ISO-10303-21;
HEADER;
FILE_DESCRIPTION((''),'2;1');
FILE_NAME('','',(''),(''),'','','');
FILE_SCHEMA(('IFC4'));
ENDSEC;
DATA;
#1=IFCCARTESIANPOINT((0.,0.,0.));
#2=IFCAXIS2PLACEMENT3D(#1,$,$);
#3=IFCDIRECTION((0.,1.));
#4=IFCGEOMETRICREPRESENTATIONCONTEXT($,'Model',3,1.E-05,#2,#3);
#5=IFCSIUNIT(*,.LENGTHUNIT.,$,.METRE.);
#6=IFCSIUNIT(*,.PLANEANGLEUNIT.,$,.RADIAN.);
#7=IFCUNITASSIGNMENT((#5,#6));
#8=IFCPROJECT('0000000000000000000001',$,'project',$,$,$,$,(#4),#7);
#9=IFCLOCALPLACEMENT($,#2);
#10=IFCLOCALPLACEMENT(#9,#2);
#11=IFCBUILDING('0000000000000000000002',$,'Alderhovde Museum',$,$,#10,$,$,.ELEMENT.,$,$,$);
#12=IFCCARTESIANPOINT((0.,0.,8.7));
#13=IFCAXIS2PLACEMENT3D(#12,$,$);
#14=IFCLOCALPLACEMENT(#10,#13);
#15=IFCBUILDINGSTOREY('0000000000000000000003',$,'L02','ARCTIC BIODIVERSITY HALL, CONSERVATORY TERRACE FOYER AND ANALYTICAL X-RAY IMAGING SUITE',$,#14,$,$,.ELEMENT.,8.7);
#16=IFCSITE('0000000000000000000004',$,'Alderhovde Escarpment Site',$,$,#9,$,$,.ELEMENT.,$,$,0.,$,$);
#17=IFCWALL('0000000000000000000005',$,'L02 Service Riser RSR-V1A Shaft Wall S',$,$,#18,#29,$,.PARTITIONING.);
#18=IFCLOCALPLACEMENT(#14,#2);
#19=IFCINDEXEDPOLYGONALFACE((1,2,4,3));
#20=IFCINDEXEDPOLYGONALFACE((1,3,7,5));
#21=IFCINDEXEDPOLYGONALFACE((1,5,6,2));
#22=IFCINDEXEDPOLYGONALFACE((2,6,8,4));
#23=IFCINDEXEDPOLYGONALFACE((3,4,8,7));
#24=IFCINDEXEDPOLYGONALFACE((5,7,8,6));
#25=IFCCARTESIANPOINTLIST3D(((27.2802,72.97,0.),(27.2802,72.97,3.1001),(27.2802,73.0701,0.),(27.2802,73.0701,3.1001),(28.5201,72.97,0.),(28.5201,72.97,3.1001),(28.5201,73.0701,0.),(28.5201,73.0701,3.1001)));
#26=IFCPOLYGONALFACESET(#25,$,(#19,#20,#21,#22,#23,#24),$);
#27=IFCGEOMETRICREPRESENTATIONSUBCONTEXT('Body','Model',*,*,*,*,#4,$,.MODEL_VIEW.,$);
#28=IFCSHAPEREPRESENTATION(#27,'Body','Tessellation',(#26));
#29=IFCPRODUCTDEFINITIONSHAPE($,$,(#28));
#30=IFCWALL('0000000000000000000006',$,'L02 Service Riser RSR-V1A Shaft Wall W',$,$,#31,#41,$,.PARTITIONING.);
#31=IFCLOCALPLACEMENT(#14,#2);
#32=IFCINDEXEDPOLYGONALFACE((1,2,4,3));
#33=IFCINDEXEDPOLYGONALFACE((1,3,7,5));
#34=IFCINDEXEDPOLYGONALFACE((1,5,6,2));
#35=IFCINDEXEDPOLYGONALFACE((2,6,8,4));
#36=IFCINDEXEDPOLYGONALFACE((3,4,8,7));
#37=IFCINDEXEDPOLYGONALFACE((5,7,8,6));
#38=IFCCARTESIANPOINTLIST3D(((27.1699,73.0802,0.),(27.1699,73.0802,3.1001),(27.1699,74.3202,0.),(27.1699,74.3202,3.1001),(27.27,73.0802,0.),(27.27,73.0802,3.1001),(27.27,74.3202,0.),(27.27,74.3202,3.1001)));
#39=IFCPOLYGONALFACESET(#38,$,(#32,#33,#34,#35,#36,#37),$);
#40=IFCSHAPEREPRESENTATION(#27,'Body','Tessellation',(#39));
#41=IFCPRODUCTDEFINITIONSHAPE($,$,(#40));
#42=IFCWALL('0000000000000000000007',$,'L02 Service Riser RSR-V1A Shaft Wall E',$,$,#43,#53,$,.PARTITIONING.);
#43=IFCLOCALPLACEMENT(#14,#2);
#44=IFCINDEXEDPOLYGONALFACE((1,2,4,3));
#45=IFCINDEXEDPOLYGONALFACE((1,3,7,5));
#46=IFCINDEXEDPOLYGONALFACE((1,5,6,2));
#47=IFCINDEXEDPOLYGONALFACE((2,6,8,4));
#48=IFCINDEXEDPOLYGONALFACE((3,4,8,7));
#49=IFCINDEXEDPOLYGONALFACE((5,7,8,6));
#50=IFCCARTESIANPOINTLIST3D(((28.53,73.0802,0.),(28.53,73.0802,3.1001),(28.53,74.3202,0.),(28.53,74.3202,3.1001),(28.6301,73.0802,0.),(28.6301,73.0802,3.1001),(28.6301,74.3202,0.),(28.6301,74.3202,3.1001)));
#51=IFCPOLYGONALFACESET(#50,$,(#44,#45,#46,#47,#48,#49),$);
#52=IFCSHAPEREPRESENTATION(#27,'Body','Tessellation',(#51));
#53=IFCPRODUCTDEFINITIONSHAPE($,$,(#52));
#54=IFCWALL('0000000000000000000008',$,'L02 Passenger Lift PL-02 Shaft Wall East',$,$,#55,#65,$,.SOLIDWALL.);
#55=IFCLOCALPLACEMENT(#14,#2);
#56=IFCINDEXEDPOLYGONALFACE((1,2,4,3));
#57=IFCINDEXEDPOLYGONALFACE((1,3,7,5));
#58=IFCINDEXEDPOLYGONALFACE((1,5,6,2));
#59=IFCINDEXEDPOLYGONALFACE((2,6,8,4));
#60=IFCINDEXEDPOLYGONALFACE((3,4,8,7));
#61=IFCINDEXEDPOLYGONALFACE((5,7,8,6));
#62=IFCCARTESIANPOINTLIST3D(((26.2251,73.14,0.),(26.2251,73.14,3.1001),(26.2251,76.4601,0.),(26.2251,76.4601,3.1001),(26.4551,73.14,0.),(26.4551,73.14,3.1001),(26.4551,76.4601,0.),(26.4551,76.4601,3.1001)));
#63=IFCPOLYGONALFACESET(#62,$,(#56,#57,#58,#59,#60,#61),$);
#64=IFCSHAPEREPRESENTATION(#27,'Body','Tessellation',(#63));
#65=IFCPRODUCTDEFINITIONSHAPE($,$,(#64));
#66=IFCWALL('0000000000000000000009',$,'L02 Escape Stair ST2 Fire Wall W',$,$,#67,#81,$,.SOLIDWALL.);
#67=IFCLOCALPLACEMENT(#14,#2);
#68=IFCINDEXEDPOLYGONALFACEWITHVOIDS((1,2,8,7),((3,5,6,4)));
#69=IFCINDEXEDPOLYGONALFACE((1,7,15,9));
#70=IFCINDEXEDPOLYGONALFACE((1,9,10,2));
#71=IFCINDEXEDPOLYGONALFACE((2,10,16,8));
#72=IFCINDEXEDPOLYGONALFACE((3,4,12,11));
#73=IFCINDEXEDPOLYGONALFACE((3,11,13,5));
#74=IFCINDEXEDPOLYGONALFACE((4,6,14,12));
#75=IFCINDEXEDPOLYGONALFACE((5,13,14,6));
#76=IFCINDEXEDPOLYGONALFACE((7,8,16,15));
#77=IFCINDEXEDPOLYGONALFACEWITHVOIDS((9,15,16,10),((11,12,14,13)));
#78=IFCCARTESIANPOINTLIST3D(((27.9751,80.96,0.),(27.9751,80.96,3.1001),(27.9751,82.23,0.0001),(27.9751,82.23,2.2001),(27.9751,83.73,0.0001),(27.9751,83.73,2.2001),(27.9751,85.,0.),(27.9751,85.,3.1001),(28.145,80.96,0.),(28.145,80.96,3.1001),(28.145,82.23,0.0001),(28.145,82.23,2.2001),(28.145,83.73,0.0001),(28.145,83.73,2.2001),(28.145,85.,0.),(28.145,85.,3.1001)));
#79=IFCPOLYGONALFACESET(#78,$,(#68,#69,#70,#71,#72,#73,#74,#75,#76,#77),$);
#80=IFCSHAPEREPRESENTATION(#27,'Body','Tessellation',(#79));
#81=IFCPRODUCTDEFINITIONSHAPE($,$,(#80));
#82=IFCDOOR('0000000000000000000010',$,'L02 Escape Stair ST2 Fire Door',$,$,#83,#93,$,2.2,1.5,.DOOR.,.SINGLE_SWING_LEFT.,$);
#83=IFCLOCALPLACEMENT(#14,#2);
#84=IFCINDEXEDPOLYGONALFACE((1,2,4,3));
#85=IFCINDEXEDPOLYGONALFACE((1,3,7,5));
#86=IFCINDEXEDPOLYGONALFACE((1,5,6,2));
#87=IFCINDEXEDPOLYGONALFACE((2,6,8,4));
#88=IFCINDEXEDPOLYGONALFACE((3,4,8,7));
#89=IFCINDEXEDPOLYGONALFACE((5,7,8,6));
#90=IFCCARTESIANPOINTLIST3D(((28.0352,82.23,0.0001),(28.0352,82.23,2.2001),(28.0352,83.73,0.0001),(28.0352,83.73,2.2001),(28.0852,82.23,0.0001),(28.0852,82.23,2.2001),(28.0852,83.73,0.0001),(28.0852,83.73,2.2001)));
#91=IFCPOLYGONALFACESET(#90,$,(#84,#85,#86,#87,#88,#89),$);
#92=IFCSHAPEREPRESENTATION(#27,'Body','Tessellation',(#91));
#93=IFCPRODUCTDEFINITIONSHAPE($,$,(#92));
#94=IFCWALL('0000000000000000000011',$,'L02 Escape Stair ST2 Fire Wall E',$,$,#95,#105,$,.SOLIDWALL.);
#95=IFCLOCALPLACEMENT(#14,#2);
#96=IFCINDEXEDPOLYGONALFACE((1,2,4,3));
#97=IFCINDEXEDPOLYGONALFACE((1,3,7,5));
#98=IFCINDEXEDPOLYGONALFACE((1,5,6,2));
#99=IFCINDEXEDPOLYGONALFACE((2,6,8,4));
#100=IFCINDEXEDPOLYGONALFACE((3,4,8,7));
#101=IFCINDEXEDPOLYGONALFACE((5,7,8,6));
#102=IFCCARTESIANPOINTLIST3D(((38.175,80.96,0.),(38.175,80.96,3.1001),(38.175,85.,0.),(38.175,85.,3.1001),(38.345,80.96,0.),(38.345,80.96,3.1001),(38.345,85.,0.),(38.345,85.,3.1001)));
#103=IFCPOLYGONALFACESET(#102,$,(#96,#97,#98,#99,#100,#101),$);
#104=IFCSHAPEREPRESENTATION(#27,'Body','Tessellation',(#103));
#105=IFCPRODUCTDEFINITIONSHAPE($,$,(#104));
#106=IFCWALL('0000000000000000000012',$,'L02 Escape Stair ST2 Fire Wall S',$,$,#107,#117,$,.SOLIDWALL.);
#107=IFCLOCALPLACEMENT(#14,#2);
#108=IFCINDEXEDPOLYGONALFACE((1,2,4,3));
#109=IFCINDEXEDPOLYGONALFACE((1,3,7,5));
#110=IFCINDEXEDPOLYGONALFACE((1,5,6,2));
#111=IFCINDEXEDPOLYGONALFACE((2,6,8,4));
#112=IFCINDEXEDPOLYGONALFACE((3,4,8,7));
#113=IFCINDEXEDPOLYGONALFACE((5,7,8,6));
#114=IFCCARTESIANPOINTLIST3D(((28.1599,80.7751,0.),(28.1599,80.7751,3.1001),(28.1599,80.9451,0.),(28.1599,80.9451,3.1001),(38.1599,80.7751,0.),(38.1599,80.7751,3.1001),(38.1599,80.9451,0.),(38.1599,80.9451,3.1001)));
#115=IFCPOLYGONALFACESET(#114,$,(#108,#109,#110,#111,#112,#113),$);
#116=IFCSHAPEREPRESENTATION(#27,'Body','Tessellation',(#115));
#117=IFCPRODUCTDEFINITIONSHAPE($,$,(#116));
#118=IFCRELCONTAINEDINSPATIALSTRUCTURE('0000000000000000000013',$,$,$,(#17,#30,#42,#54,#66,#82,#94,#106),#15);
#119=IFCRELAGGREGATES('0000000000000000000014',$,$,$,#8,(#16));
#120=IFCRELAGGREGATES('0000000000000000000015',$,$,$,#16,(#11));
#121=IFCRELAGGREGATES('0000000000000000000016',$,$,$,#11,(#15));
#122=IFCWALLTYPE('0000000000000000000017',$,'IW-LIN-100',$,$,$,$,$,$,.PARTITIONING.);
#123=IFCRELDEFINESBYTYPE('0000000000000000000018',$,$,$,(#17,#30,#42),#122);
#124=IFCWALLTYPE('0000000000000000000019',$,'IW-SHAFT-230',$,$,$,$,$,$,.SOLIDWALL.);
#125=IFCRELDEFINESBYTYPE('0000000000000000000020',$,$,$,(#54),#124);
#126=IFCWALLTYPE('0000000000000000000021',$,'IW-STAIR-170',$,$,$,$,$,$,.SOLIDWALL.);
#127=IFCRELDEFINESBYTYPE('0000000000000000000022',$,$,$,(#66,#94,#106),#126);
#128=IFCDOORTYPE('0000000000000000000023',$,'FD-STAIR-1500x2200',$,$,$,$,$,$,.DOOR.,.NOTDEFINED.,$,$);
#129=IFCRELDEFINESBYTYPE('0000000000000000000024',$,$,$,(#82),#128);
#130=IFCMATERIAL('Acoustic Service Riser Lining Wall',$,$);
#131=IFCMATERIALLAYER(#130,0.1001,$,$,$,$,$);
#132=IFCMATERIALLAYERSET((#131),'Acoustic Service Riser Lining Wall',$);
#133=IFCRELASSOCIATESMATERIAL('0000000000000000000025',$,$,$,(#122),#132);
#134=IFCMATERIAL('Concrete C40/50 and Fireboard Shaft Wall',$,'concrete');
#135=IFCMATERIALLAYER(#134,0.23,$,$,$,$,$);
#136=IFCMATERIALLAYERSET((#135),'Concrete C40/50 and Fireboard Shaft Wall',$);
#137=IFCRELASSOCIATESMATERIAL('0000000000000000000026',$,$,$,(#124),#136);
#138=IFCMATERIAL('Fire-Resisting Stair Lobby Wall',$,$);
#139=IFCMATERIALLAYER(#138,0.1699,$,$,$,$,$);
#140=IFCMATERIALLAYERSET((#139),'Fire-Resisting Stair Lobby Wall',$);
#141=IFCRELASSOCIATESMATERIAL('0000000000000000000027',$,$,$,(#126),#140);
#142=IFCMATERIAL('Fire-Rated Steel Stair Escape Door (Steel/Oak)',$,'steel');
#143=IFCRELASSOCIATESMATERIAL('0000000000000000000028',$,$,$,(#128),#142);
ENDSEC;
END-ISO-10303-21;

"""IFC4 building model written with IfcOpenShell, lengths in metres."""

from ifc_helpers import new_model, si_unit, direction, frame, frame_2d, origin, place, context, subcontext, project, spatial, rectangle, extrude, material, layer, layer_set, type_object, element, fill, save


model = new_model("IFC4")

# Units and contexts
model_context = context("Model", 3, precision=1e-05, world=origin(), true_north=direction((0.0, 1.0)))
body_context = subcontext(model_context, "Body", "Model", "MODEL_VIEW")
ifc_project = project(units=[si_unit("LENGTHUNIT", "METRE"), si_unit("PLANEANGLEUNIT", "RADIAN")], contexts=[model_context])

# Site, building, storey
site_placement = place(None, origin())
site = spatial("IfcSite", under=ifc_project, at=site_placement, Name="Alderhovde Escarpment Site", CompositionType="ELEMENT", RefElevation=0.0)
building_placement = place(site_placement, origin())
building = spatial("IfcBuilding", under=site, at=building_placement, Name="Alderhovde Museum", CompositionType="ELEMENT")
storey_placement = place(building_placement, frame((0.0, 0.0, 8.7)))
storey = spatial("IfcBuildingStorey", under=building, at=storey_placement, Name="L02", Description="ARCTIC BIODIVERSITY HALL, CONSERVATORY TERRACE FOYER AND ANALYTICAL X-RAY IMAGING SUITE", CompositionType="ELEMENT", Elevation=8.7)

# Walls
ifc_material_1 = material(Name="Acoustic Service Riser Lining Wall")
ifc_layer_1 = layer(ifc_material_1, 0.1001)
ifc_layer_set_1 = layer_set([ifc_layer_1], Name="Acoustic Service Riser Lining Wall")
wall_type_1 = type_object("IfcWallType", Name="IW-LIN-100", PredefinedType="PARTITIONING", material=ifc_layer_set_1)
for number, where, z_axis, x_axis, name in (
    (1, (27.28, 73.02, 0.0), (0.0, 0.0, 1.0), (1.0, 0.0, 0.0), "L02 Service Riser RSR-V1A Shaft Wall S"),
    (2, (27.22, 73.0801, 0.0), (0.0, 0.0, 1.0), (0.0, 1.0, 0.0), "L02 Service Riser RSR-V1A Shaft Wall W"),
    (3, (28.5801, 73.0801, 0.0), (0.0, 0.0, 1.0), (0.0, 1.0, 0.0), "L02 Service Riser RSR-V1A Shaft Wall E"),
):
    element("IfcWall", number, at=place(storey_placement, frame(where, z_axis=z_axis, x_axis=x_axis)), inside=storey, type_object=wall_type_1, Name=name, PredefinedType="PARTITIONING", context=body_context, shape_type="SweptSolid", body=[
        extrude(rectangle(XDim=1.24, YDim=0.1001, at=frame_2d((0.6201, 0.0))), origin(), (0.0, 0.0, 1.0), 3.1001),
    ])
ifc_material_2 = material(Name="Concrete C40/50 and Fireboard Shaft Wall", Category="concrete")
ifc_layer_2 = layer(ifc_material_2, 0.23)
ifc_layer_set_2 = layer_set([ifc_layer_2], Name="Concrete C40/50 and Fireboard Shaft Wall")
wall_type_2 = type_object("IfcWallType", Name="IW-SHAFT-230", PredefinedType="SOLIDWALL", material=ifc_layer_set_2)
wall_1_placement = place(storey_placement, frame((26.3401, 73.1399, 0.0), z_axis=(0.0, 0.0, 1.0), x_axis=(0.0, 1.0, 0.0)))
element("IfcWall", 4, at=wall_1_placement, inside=storey, type_object=wall_type_2, Name="L02 Passenger Lift PL-02 Shaft Wall East", PredefinedType="SOLIDWALL", context=body_context, shape_type="SweptSolid", body=[
    extrude(rectangle(XDim=3.3201, YDim=0.23, at=frame_2d((1.6602, 0.0))), origin(), (0.0, 0.0, 1.0), 3.1001),
])

# Wall, opening, door
ifc_material_3 = material(Name="Fire-Resisting Stair Lobby Wall")
ifc_layer_3 = layer(ifc_material_3, 0.1699)
ifc_layer_set_3 = layer_set([ifc_layer_3], Name="Fire-Resisting Stair Lobby Wall")
wall_type_3 = type_object("IfcWallType", Name="IW-STAIR-170", PredefinedType="SOLIDWALL", material=ifc_layer_set_3)
wall_2_placement = place(storey_placement, frame((28.0601, 80.96, 0.0), z_axis=(0.0, 0.0, 1.0), x_axis=(0.0, 1.0, 0.0)))
wall_2 = element("IfcWall", 5, at=wall_2_placement, inside=storey, type_object=wall_type_3, Name="L02 Escape Stair ST2 Fire Wall W", PredefinedType="SOLIDWALL", context=body_context, shape_type="SweptSolid", body=[
    extrude(rectangle(XDim=4.04, YDim=0.1699, at=frame_2d((2.02, 0.0))), origin(), (0.0, 0.0, 1.0), 3.1001),
])
opening_1_placement = place(wall_2_placement, frame((1.27, 0.0, 0.0)))
opening_1 = element("IfcOpeningElement", 6, at=opening_1_placement, cuts=wall_2, PredefinedType="OPENING", context=body_context, shape_type="SweptSolid", body=[
    extrude(rectangle(XDim=1.5, YDim=2.2, at=frame_2d((0.75, 1.1001))), frame((0.0, 0.095, 0.0), z_axis=(0.0, -1.0, 0.0), x_axis=(1.0, 0.0, 0.0)), (0.0, 0.0, 1.0), 0.1899),
])
ifc_material_4 = material(Name="Fire-Rated Steel Stair Escape Door (Steel/Oak)", Category="steel")
door_type_1 = type_object("IfcDoorType", Name="FD-STAIR-1500x2200", OperationType="NOTDEFINED", PredefinedType="DOOR", material=ifc_material_4)
door_1_placement = place(opening_1_placement, origin())
door_1 = element("IfcDoor", 7, at=door_1_placement, inside=storey, type_object=door_type_1, Name="L02 Escape Stair ST2 Fire Door", OperationType="SINGLE_SWING_LEFT", OverallHeight=2.2, OverallWidth=1.5, PredefinedType="DOOR", context=body_context, shape_type="SweptSolid", body=[
    extrude(rectangle(XDim=1.5, YDim=2.2, at=frame_2d((0.75, 1.1001))), frame((0.0, 0.0249, 0.0), z_axis=(0.0, -1.0, 0.0), x_axis=(1.0, 0.0, 0.0)), (0.0, 0.0, 1.0), 0.05),
])
fill(opening_1, door_1)

# Walls
wall_3_placement = place(storey_placement, frame((38.26, 80.96, 0.0), z_axis=(0.0, 0.0, 1.0), x_axis=(0.0, 1.0, 0.0)))
element("IfcWall", 8, at=wall_3_placement, inside=storey, type_object=wall_type_3, Name="L02 Escape Stair ST2 Fire Wall E", PredefinedType="SOLIDWALL", context=body_context, shape_type="SweptSolid", body=[
    extrude(rectangle(XDim=4.04, YDim=0.1699, at=frame_2d((2.02, 0.0))), origin(), (0.0, 0.0, 1.0), 3.1001),
])
wall_4_placement = place(storey_placement, frame((28.1599, 80.8601, 0.0), z_axis=(0.0, 0.0, 1.0), x_axis=(1.0, 0.0, 0.0)))
element("IfcWall", 9, at=wall_4_placement, inside=storey, type_object=wall_type_3, Name="L02 Escape Stair ST2 Fire Wall S", PredefinedType="SOLIDWALL", context=body_context, shape_type="SweptSolid", body=[
    extrude(rectangle(XDim=10.0, YDim=0.1699, at=frame_2d((5.0, 0.0))), origin(), (0.0, 0.0, 1.0), 3.1001),
])

save(model, "model.ifc")
